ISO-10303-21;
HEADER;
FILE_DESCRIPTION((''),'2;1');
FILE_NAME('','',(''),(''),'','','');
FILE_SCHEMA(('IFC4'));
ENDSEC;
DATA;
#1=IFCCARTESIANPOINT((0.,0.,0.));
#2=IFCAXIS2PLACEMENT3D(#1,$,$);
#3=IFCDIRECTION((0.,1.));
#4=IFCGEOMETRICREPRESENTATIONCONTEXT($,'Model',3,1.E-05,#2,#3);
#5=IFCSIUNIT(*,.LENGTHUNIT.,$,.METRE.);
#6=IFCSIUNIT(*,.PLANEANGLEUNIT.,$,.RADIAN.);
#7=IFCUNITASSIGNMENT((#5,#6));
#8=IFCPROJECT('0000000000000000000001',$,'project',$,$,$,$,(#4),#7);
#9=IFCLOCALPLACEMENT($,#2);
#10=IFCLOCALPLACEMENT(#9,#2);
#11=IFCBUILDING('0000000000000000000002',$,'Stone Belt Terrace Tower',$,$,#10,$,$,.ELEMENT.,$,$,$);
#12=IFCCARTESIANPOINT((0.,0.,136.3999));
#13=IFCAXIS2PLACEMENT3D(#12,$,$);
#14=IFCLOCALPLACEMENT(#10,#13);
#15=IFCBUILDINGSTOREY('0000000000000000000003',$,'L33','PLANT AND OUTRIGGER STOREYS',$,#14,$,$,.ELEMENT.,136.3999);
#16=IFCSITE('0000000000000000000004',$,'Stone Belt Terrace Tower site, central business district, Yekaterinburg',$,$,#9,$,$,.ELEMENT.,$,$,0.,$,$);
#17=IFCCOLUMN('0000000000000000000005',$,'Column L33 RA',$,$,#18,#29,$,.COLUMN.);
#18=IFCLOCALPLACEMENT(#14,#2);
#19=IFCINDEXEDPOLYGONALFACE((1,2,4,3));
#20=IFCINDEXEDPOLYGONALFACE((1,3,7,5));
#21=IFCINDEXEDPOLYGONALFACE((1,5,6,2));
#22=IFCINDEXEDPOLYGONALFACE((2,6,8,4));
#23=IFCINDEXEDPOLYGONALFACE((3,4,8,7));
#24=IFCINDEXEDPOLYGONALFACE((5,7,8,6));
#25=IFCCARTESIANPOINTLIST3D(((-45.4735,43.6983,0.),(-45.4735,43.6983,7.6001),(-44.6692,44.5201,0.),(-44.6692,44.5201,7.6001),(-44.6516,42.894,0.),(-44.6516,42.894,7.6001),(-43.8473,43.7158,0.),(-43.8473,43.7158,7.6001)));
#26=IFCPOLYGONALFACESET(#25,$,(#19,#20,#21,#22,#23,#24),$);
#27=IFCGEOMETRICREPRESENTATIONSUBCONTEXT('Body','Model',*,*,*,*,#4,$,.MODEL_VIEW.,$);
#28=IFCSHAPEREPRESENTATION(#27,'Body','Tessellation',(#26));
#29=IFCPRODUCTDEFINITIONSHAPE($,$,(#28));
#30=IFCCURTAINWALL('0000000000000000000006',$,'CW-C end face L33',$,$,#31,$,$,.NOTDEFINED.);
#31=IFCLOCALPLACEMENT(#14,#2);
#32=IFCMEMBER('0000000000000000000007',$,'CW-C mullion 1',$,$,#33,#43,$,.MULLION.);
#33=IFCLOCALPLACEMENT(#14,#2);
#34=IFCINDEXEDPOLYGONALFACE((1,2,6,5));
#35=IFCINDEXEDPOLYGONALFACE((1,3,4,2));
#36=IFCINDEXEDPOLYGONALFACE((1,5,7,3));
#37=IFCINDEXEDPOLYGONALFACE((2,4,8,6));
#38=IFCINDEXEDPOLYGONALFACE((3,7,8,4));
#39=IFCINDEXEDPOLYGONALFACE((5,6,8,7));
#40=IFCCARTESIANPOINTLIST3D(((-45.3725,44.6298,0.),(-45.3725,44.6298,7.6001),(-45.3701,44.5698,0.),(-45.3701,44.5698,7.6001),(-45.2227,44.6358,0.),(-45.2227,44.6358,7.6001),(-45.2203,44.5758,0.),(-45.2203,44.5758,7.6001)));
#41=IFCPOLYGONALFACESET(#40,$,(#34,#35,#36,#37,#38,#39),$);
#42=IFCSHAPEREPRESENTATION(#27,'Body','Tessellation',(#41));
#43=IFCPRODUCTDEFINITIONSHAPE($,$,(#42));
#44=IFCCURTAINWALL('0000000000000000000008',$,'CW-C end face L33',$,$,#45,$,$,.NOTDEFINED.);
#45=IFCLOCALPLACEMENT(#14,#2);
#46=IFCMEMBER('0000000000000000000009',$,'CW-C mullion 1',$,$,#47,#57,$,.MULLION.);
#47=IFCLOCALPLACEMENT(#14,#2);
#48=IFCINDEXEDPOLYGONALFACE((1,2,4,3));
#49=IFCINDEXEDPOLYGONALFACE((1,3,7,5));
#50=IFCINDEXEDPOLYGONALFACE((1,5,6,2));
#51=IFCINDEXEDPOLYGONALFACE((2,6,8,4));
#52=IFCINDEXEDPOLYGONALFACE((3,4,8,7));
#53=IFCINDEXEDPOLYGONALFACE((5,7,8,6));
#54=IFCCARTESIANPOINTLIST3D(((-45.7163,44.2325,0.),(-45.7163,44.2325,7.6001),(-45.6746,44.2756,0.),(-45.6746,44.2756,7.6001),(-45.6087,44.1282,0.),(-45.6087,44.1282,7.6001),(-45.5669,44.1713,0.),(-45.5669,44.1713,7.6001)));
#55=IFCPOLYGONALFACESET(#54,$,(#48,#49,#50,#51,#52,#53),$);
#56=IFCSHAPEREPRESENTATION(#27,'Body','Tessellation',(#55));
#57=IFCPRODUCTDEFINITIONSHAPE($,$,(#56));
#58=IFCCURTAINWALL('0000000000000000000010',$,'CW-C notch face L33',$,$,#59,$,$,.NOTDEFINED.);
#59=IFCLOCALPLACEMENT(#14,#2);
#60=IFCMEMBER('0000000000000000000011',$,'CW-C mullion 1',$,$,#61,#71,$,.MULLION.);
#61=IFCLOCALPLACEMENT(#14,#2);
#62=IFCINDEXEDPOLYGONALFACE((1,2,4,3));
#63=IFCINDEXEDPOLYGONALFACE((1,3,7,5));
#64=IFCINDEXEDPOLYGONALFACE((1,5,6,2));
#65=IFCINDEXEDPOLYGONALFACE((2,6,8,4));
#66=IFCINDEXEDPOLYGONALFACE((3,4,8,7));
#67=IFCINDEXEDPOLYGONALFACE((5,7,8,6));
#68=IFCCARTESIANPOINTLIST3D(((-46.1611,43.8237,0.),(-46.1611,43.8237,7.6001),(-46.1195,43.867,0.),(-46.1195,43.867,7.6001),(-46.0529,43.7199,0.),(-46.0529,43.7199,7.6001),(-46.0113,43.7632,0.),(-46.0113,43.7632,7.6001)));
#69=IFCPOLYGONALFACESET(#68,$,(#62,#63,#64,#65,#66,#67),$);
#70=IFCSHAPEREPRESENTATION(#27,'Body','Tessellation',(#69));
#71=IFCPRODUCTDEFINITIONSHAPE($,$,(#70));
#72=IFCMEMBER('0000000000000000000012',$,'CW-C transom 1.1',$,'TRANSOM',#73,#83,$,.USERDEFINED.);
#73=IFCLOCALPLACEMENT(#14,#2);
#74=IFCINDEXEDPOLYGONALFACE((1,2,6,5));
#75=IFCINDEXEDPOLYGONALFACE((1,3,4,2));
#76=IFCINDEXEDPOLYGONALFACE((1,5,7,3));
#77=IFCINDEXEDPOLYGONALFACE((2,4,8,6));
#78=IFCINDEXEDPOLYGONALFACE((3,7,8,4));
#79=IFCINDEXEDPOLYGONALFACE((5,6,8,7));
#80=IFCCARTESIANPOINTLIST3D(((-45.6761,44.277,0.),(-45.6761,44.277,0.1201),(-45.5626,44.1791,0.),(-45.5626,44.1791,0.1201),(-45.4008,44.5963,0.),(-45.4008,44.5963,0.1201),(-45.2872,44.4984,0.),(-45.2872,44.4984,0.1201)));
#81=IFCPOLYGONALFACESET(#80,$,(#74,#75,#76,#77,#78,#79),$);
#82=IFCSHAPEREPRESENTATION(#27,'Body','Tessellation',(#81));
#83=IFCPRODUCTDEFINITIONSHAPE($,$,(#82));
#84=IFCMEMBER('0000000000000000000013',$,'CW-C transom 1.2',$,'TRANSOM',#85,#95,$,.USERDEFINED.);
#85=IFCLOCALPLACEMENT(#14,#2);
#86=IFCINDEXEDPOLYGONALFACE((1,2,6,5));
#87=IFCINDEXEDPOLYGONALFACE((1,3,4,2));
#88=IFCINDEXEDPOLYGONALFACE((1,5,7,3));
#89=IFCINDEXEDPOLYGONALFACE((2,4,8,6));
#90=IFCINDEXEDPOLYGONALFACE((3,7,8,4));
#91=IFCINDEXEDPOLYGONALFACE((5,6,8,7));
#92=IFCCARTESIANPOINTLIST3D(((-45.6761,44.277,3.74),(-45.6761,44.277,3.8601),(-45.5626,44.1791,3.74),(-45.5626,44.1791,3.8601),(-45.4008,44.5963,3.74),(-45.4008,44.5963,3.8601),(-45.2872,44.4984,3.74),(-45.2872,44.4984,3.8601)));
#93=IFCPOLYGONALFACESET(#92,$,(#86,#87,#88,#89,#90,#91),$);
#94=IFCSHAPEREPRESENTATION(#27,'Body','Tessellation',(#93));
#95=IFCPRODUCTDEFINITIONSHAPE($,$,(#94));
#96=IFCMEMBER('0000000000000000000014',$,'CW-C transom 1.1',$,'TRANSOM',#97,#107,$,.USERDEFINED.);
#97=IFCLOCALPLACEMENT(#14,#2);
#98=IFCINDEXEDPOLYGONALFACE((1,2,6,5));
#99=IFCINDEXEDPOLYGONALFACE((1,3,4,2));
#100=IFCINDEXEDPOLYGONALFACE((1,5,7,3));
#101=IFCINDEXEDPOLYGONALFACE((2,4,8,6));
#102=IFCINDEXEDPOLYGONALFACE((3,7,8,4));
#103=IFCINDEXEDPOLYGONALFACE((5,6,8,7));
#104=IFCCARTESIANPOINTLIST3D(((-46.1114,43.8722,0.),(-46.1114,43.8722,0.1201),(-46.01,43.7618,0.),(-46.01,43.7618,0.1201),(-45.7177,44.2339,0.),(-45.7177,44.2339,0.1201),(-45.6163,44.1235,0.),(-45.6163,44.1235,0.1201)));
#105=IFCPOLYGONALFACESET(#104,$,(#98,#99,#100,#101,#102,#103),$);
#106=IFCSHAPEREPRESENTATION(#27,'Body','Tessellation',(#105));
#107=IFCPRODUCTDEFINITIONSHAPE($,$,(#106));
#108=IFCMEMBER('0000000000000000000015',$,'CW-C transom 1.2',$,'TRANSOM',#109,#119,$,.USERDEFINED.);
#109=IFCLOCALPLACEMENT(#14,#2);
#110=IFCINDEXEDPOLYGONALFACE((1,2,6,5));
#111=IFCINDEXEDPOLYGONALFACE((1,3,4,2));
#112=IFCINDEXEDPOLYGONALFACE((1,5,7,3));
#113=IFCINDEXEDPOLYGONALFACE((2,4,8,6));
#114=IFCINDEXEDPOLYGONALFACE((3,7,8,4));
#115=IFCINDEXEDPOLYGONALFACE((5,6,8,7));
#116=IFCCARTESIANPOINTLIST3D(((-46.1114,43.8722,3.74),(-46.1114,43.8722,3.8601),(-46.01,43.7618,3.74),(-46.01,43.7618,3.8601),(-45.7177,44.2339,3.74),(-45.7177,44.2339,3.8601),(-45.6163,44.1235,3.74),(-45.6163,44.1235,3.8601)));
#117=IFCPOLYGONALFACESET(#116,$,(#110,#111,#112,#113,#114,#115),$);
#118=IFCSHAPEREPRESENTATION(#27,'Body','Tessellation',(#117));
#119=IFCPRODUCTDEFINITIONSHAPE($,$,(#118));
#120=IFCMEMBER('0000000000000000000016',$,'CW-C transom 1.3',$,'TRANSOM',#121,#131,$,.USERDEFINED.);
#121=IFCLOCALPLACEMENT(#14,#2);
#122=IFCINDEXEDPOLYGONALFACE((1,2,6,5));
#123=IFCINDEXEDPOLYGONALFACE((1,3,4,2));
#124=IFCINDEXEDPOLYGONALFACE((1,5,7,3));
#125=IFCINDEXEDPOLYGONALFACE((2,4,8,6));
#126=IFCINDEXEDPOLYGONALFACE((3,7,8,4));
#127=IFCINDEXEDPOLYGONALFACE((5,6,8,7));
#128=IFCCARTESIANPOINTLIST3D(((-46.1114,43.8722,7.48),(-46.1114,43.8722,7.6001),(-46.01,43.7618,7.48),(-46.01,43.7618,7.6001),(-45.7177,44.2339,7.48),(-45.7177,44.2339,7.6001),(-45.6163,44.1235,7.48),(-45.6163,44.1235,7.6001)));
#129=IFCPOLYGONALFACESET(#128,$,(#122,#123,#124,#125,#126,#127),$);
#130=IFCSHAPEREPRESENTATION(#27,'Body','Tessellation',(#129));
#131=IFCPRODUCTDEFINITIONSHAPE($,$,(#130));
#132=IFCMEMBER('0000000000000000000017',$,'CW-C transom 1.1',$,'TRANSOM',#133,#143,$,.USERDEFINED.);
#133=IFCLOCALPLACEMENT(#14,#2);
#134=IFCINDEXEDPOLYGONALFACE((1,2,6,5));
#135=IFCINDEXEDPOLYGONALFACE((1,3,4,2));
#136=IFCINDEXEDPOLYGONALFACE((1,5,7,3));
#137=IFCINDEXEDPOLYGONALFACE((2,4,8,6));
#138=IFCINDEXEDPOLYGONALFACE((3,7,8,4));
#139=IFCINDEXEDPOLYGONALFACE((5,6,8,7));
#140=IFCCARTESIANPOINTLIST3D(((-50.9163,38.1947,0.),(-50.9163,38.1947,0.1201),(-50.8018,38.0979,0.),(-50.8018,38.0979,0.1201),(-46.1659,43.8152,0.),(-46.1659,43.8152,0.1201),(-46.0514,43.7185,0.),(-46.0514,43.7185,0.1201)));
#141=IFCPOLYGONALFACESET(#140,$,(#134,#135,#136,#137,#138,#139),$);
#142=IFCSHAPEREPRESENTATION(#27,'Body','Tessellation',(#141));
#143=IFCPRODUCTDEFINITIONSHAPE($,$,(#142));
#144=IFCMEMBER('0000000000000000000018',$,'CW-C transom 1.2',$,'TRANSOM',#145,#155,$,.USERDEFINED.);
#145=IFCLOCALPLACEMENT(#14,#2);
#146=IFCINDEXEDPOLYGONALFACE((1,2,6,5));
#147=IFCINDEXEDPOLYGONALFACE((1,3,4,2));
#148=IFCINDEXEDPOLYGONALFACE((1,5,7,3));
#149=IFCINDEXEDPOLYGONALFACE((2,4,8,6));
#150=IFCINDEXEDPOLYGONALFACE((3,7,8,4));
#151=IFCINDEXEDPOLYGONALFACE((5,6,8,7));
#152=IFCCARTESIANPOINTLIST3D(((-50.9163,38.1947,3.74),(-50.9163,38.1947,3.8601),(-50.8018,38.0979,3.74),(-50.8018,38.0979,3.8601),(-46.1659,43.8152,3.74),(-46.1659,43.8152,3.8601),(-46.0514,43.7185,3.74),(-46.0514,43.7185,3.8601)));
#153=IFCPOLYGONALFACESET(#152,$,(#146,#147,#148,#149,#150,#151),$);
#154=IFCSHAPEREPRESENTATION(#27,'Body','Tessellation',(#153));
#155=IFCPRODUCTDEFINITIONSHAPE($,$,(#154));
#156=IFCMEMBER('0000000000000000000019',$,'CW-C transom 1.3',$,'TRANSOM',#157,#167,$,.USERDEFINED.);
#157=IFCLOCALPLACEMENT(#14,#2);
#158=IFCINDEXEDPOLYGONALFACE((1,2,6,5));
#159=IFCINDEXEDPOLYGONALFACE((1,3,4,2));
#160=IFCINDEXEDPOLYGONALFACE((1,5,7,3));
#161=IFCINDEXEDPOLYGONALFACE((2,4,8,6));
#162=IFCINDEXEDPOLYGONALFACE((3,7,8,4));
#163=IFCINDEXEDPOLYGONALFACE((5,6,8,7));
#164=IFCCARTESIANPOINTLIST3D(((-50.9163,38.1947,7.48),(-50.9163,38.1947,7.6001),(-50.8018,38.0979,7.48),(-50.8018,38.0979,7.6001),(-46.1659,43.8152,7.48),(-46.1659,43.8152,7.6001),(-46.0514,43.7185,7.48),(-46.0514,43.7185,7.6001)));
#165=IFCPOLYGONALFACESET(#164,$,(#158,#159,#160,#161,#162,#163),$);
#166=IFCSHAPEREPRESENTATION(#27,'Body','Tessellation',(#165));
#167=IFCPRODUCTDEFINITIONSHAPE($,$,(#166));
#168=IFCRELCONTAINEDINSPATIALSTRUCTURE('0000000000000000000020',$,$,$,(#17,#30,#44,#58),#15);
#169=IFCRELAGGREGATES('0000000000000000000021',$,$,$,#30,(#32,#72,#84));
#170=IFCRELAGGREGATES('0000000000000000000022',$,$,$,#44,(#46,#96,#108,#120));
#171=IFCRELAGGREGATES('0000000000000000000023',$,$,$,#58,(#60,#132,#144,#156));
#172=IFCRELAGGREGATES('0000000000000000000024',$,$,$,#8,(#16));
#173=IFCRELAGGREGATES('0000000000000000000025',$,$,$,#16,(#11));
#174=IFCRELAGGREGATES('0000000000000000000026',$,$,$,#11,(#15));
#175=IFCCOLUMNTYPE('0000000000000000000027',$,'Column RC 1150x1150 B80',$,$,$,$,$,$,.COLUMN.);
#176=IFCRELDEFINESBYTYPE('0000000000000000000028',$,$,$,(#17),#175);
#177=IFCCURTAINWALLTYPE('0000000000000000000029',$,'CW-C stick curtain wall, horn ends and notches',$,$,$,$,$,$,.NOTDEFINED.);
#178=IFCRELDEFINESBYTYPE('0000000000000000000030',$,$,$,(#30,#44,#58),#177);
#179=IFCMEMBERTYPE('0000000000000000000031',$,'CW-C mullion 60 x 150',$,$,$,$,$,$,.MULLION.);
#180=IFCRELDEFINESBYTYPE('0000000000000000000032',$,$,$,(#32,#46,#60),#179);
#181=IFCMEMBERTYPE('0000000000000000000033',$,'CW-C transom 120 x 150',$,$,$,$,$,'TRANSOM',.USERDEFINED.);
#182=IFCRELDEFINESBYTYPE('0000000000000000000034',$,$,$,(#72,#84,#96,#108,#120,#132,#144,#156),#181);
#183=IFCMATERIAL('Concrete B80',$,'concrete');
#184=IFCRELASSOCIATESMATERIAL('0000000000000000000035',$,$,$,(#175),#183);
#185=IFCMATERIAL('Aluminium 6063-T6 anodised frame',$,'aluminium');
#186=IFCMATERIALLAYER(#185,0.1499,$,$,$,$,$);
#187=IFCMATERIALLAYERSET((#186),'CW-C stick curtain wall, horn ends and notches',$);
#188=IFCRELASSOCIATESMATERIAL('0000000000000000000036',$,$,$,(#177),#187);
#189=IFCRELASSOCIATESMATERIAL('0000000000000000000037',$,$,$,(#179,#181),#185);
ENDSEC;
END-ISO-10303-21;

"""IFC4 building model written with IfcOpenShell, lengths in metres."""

from ifc_helpers import new_model, si_unit, direction, frame, origin, origin_2d, place, context, subcontext, project, spatial, rectangle, extrude, material, layer, layer_set, material_profile, profile_set, type_object, element, aggregate, save


model = new_model("IFC4")

# Units and contexts
model_context = context("Model", 3, precision=1e-05, world=origin(), true_north=direction((0.0, 1.0)))
body_context = subcontext(model_context, "Body", "Model", "MODEL_VIEW")
ifc_project = project(units=[si_unit("LENGTHUNIT", "METRE"), si_unit("PLANEANGLEUNIT", "RADIAN")], contexts=[model_context])

# Site, building, storey
site_placement = place(None, origin())
site = spatial("IfcSite", under=ifc_project, at=site_placement, Name="Stone Belt Terrace Tower site, central business district, Yekaterinburg", CompositionType="ELEMENT", RefElevation=0.0)
building_placement = place(site_placement, origin())
building = spatial("IfcBuilding", under=site, at=building_placement, Name="Stone Belt Terrace Tower", CompositionType="ELEMENT")
storey_placement = place(building_placement, frame((0.0, 0.0, 136.3999)))
storey = spatial("IfcBuildingStorey", under=building, at=storey_placement, Name="L33", Description="PLANT AND OUTRIGGER STOREYS", CompositionType="ELEMENT", Elevation=136.3999)

# Column
ifc_material_1 = material(Name="Concrete B80", Category="concrete")
ifc_material_profile_1 = material_profile(ifc_material_1, rectangle(XDim=1.1499, YDim=1.1499, at=origin_2d()), Name="RC 1150x1150")
ifc_profile_set_1 = profile_set([ifc_material_profile_1], Name="Concrete B80")
column_type = type_object("IfcColumnType", Name="Column RC 1150x1150 B80", PredefinedType="COLUMN", material=ifc_profile_set_1)
column_placement = place(storey_placement, frame((-44.6604, 43.707, 0.0), z_axis=(0.0, 0.0, 1.0), x_axis=(0.699438, 0.714694, 0.0)))
element("IfcColumn", 1, at=column_placement, inside=storey, type_object=column_type, Name="Column L33 RA", PredefinedType="COLUMN", context=body_context, shape_type="SweptSolid", body=[
    extrude(rectangle(XDim=1.1499, YDim=1.1499, at=origin_2d()), origin(), (0.0, 0.0, 1.0), 7.6001),
])

# Curtain walls, members
ifc_material_2 = material(Name="Aluminium 6063-T6 anodised frame", Category="aluminium")
ifc_layer_1 = layer(ifc_material_2, 0.1499)
ifc_layer_set_1 = layer_set([ifc_layer_1], Name="CW-C stick curtain wall, horn ends and notches")
curtain_wall_type = type_object("IfcCurtainWallType", Name="CW-C stick curtain wall, horn ends and notches", PredefinedType="NOTDEFINED", material=ifc_layer_set_1)
curtain_wall_1_placement = place(storey_placement, origin())
curtain_wall_1 = element("IfcCurtainWall", 2, at=curtain_wall_1_placement, inside=storey, type_object=curtain_wall_type, Name="CW-C end face L33", PredefinedType="NOTDEFINED")
ifc_material_profile_2 = material_profile(ifc_material_2, rectangle(XDim=0.1499, YDim=0.0601, at=origin_2d()), Name="Aluminium 6063-T6 60x150")
ifc_profile_set_2 = profile_set([ifc_material_profile_2], Name="Aluminium 6063-T6 anodised frame")
member_type_1 = type_object("IfcMemberType", Name="CW-C mullion 60 x 150", PredefinedType="MULLION", material=ifc_profile_set_2)
member_1_placement = place(storey_placement, frame((-45.2964, 44.6028, 0.0), z_axis=(0.0, 0.0, 1.0), x_axis=(0.999185, 0.04036, 0.0)))
member_1 = element("IfcMember", 3, at=member_1_placement, type_object=member_type_1, Name="CW-C mullion 1", PredefinedType="MULLION", context=body_context, shape_type="SweptSolid", body=[
    extrude(rectangle(XDim=0.1499, YDim=0.0601, at=origin_2d()), origin(), (0.0, 0.0, 1.0), 7.6001),
])
curtain_wall_2_placement = place(storey_placement, origin())
curtain_wall_2 = element("IfcCurtainWall", 4, at=curtain_wall_2_placement, inside=storey, type_object=curtain_wall_type, Name="CW-C end face L33", PredefinedType="NOTDEFINED")
member_2_placement = place(storey_placement, frame((-45.6416, 44.2019, 0.0), z_axis=(0.0, 0.0, 1.0), x_axis=(0.718346, -0.695686, 0.0)))
member_2 = element("IfcMember", 5, at=member_2_placement, type_object=member_type_1, Name="CW-C mullion 1", PredefinedType="MULLION", context=body_context, shape_type="SweptSolid", body=[
    extrude(rectangle(XDim=0.1499, YDim=0.0601, at=origin_2d()), origin(), (0.0, 0.0, 1.0), 7.6001),
])
curtain_wall_3_placement = place(storey_placement, origin())
curtain_wall_3 = element("IfcCurtainWall", 6, at=curtain_wall_3_placement, inside=storey, type_object=curtain_wall_type, Name="CW-C notch face L33", PredefinedType="NOTDEFINED")
member_3_placement = place(storey_placement, frame((-46.0862, 43.7935, 0.0), z_axis=(0.0, 0.0, 1.0), x_axis=(0.721638, -0.692271, 0.0)))
member_3 = element("IfcMember", 7, at=member_3_placement, type_object=member_type_1, Name="CW-C mullion 1", PredefinedType="MULLION", context=body_context, shape_type="SweptSolid", body=[
    extrude(rectangle(XDim=0.1499, YDim=0.0601, at=origin_2d()), origin(), (0.0, 0.0, 1.0), 7.6001),
])

# Members
ifc_material_profile_3 = material_profile(ifc_material_2, rectangle(XDim=0.1499, YDim=0.1201, at=origin_2d()), Name="Aluminium 6063-T6 150x120")
ifc_profile_set_3 = profile_set([ifc_material_profile_3], Name="Aluminium 6063-T6 anodised frame")
member_type_2 = type_object("IfcMemberType", Name="CW-C transom 120 x 150", ElementType="TRANSOM", PredefinedType="USERDEFINED", material=ifc_profile_set_3)
member_4_placement = place(storey_placement, frame((-45.344, 44.5474, 0.0601), z_axis=(-0.653077, -0.757291, 0.0), x_axis=(0.757291, -0.653077, 0.0)))
member_4 = element("IfcMember", 8, at=member_4_placement, type_object=member_type_2, Name="CW-C transom 1.1", ObjectType="TRANSOM", PredefinedType="USERDEFINED", context=body_context, shape_type="SweptSolid", body=[
    extrude(rectangle(XDim=0.1499, YDim=0.1201, at=origin_2d()), origin(), (0.0, 0.0, 1.0), 0.4216),
])
member_5_placement = place(storey_placement, frame((-45.344, 44.5474, 3.8), z_axis=(-0.653077, -0.757291, 0.0), x_axis=(0.757291, -0.653077, 0.0)))
member_5 = element("IfcMember", 9, at=member_5_placement, type_object=member_type_2, Name="CW-C transom 1.2", ObjectType="TRANSOM", PredefinedType="USERDEFINED", context=body_context, shape_type="SweptSolid", body=[
    extrude(rectangle(XDim=0.1499, YDim=0.1201, at=origin_2d()), origin(), (0.0, 0.0, 1.0), 0.4216),
])
member_6_placement = place(storey_placement, frame((-45.667, 44.1787, 0.0601), z_axis=(-0.736377, -0.676572, 0.0), x_axis=(0.676572, -0.736377, 0.0)))
member_6 = element("IfcMember", 10, at=member_6_placement, type_object=member_type_2, Name="CW-C transom 1.1", ObjectType="TRANSOM", PredefinedType="USERDEFINED", context=body_context, shape_type="SweptSolid", body=[
    extrude(rectangle(XDim=0.1499, YDim=0.1201, at=origin_2d()), origin(), (0.0, 0.0, 1.0), 0.5347),
])
member_7_placement = place(storey_placement, frame((-45.667, 44.1787, 3.8), z_axis=(-0.736377, -0.676572, 0.0), x_axis=(0.676572, -0.736377, 0.0)))
member_7 = element("IfcMember", 11, at=member_7_placement, type_object=member_type_2, Name="CW-C transom 1.2", ObjectType="TRANSOM", PredefinedType="USERDEFINED", context=body_context, shape_type="SweptSolid", body=[
    extrude(rectangle(XDim=0.1499, YDim=0.1201, at=origin_2d()), origin(), (0.0, 0.0, 1.0), 0.5347),
])
member_8_placement = place(storey_placement, frame((-45.667, 44.1787, 7.54), z_axis=(-0.736377, -0.676572, 0.0), x_axis=(0.676572, -0.736377, 0.0)))
member_8 = element("IfcMember", 12, at=member_8_placement, type_object=member_type_2, Name="CW-C transom 1.3", ObjectType="TRANSOM", PredefinedType="USERDEFINED", context=body_context, shape_type="SweptSolid", body=[
    extrude(rectangle(XDim=0.1499, YDim=0.1201, at=origin_2d()), origin(), (0.0, 0.0, 1.0), 0.5347),
])
member_9_placement = place(storey_placement, frame((-46.1086, 43.7668, 0.0601), z_axis=(-0.645514, -0.763749, 0.0), x_axis=(0.763749, -0.645514, 0.0)))
member_9 = element("IfcMember", 13, at=member_9_placement, type_object=member_type_2, Name="CW-C transom 1.1", ObjectType="TRANSOM", PredefinedType="USERDEFINED", context=body_context, shape_type="SweptSolid", body=[
    extrude(rectangle(XDim=0.1499, YDim=0.1201, at=origin_2d()), origin(), (0.0, 0.0, 1.0), 7.3591),
])
member_10_placement = place(storey_placement, frame((-46.1086, 43.7668, 3.8), z_axis=(-0.645514, -0.763749, 0.0), x_axis=(0.763749, -0.645514, 0.0)))
member_10 = element("IfcMember", 14, at=member_10_placement, type_object=member_type_2, Name="CW-C transom 1.2", ObjectType="TRANSOM", PredefinedType="USERDEFINED", context=body_context, shape_type="SweptSolid", body=[
    extrude(rectangle(XDim=0.1499, YDim=0.1201, at=origin_2d()), origin(), (0.0, 0.0, 1.0), 7.3591),
])
member_11_placement = place(storey_placement, frame((-46.1086, 43.7668, 7.54), z_axis=(-0.645514, -0.763749, 0.0), x_axis=(0.763749, -0.645514, 0.0)))
member_11 = element("IfcMember", 15, at=member_11_placement, type_object=member_type_2, Name="CW-C transom 1.3", ObjectType="TRANSOM", PredefinedType="USERDEFINED", context=body_context, shape_type="SweptSolid", body=[
    extrude(rectangle(XDim=0.1499, YDim=0.1201, at=origin_2d()), origin(), (0.0, 0.0, 1.0), 7.3591),
])

aggregate(curtain_wall_1, [member_1, member_4, member_5])
aggregate(curtain_wall_2, [member_2, member_6, member_7, member_8])
aggregate(curtain_wall_3, [member_3, member_9, member_10, member_11])

save(model, "model.ifc")
